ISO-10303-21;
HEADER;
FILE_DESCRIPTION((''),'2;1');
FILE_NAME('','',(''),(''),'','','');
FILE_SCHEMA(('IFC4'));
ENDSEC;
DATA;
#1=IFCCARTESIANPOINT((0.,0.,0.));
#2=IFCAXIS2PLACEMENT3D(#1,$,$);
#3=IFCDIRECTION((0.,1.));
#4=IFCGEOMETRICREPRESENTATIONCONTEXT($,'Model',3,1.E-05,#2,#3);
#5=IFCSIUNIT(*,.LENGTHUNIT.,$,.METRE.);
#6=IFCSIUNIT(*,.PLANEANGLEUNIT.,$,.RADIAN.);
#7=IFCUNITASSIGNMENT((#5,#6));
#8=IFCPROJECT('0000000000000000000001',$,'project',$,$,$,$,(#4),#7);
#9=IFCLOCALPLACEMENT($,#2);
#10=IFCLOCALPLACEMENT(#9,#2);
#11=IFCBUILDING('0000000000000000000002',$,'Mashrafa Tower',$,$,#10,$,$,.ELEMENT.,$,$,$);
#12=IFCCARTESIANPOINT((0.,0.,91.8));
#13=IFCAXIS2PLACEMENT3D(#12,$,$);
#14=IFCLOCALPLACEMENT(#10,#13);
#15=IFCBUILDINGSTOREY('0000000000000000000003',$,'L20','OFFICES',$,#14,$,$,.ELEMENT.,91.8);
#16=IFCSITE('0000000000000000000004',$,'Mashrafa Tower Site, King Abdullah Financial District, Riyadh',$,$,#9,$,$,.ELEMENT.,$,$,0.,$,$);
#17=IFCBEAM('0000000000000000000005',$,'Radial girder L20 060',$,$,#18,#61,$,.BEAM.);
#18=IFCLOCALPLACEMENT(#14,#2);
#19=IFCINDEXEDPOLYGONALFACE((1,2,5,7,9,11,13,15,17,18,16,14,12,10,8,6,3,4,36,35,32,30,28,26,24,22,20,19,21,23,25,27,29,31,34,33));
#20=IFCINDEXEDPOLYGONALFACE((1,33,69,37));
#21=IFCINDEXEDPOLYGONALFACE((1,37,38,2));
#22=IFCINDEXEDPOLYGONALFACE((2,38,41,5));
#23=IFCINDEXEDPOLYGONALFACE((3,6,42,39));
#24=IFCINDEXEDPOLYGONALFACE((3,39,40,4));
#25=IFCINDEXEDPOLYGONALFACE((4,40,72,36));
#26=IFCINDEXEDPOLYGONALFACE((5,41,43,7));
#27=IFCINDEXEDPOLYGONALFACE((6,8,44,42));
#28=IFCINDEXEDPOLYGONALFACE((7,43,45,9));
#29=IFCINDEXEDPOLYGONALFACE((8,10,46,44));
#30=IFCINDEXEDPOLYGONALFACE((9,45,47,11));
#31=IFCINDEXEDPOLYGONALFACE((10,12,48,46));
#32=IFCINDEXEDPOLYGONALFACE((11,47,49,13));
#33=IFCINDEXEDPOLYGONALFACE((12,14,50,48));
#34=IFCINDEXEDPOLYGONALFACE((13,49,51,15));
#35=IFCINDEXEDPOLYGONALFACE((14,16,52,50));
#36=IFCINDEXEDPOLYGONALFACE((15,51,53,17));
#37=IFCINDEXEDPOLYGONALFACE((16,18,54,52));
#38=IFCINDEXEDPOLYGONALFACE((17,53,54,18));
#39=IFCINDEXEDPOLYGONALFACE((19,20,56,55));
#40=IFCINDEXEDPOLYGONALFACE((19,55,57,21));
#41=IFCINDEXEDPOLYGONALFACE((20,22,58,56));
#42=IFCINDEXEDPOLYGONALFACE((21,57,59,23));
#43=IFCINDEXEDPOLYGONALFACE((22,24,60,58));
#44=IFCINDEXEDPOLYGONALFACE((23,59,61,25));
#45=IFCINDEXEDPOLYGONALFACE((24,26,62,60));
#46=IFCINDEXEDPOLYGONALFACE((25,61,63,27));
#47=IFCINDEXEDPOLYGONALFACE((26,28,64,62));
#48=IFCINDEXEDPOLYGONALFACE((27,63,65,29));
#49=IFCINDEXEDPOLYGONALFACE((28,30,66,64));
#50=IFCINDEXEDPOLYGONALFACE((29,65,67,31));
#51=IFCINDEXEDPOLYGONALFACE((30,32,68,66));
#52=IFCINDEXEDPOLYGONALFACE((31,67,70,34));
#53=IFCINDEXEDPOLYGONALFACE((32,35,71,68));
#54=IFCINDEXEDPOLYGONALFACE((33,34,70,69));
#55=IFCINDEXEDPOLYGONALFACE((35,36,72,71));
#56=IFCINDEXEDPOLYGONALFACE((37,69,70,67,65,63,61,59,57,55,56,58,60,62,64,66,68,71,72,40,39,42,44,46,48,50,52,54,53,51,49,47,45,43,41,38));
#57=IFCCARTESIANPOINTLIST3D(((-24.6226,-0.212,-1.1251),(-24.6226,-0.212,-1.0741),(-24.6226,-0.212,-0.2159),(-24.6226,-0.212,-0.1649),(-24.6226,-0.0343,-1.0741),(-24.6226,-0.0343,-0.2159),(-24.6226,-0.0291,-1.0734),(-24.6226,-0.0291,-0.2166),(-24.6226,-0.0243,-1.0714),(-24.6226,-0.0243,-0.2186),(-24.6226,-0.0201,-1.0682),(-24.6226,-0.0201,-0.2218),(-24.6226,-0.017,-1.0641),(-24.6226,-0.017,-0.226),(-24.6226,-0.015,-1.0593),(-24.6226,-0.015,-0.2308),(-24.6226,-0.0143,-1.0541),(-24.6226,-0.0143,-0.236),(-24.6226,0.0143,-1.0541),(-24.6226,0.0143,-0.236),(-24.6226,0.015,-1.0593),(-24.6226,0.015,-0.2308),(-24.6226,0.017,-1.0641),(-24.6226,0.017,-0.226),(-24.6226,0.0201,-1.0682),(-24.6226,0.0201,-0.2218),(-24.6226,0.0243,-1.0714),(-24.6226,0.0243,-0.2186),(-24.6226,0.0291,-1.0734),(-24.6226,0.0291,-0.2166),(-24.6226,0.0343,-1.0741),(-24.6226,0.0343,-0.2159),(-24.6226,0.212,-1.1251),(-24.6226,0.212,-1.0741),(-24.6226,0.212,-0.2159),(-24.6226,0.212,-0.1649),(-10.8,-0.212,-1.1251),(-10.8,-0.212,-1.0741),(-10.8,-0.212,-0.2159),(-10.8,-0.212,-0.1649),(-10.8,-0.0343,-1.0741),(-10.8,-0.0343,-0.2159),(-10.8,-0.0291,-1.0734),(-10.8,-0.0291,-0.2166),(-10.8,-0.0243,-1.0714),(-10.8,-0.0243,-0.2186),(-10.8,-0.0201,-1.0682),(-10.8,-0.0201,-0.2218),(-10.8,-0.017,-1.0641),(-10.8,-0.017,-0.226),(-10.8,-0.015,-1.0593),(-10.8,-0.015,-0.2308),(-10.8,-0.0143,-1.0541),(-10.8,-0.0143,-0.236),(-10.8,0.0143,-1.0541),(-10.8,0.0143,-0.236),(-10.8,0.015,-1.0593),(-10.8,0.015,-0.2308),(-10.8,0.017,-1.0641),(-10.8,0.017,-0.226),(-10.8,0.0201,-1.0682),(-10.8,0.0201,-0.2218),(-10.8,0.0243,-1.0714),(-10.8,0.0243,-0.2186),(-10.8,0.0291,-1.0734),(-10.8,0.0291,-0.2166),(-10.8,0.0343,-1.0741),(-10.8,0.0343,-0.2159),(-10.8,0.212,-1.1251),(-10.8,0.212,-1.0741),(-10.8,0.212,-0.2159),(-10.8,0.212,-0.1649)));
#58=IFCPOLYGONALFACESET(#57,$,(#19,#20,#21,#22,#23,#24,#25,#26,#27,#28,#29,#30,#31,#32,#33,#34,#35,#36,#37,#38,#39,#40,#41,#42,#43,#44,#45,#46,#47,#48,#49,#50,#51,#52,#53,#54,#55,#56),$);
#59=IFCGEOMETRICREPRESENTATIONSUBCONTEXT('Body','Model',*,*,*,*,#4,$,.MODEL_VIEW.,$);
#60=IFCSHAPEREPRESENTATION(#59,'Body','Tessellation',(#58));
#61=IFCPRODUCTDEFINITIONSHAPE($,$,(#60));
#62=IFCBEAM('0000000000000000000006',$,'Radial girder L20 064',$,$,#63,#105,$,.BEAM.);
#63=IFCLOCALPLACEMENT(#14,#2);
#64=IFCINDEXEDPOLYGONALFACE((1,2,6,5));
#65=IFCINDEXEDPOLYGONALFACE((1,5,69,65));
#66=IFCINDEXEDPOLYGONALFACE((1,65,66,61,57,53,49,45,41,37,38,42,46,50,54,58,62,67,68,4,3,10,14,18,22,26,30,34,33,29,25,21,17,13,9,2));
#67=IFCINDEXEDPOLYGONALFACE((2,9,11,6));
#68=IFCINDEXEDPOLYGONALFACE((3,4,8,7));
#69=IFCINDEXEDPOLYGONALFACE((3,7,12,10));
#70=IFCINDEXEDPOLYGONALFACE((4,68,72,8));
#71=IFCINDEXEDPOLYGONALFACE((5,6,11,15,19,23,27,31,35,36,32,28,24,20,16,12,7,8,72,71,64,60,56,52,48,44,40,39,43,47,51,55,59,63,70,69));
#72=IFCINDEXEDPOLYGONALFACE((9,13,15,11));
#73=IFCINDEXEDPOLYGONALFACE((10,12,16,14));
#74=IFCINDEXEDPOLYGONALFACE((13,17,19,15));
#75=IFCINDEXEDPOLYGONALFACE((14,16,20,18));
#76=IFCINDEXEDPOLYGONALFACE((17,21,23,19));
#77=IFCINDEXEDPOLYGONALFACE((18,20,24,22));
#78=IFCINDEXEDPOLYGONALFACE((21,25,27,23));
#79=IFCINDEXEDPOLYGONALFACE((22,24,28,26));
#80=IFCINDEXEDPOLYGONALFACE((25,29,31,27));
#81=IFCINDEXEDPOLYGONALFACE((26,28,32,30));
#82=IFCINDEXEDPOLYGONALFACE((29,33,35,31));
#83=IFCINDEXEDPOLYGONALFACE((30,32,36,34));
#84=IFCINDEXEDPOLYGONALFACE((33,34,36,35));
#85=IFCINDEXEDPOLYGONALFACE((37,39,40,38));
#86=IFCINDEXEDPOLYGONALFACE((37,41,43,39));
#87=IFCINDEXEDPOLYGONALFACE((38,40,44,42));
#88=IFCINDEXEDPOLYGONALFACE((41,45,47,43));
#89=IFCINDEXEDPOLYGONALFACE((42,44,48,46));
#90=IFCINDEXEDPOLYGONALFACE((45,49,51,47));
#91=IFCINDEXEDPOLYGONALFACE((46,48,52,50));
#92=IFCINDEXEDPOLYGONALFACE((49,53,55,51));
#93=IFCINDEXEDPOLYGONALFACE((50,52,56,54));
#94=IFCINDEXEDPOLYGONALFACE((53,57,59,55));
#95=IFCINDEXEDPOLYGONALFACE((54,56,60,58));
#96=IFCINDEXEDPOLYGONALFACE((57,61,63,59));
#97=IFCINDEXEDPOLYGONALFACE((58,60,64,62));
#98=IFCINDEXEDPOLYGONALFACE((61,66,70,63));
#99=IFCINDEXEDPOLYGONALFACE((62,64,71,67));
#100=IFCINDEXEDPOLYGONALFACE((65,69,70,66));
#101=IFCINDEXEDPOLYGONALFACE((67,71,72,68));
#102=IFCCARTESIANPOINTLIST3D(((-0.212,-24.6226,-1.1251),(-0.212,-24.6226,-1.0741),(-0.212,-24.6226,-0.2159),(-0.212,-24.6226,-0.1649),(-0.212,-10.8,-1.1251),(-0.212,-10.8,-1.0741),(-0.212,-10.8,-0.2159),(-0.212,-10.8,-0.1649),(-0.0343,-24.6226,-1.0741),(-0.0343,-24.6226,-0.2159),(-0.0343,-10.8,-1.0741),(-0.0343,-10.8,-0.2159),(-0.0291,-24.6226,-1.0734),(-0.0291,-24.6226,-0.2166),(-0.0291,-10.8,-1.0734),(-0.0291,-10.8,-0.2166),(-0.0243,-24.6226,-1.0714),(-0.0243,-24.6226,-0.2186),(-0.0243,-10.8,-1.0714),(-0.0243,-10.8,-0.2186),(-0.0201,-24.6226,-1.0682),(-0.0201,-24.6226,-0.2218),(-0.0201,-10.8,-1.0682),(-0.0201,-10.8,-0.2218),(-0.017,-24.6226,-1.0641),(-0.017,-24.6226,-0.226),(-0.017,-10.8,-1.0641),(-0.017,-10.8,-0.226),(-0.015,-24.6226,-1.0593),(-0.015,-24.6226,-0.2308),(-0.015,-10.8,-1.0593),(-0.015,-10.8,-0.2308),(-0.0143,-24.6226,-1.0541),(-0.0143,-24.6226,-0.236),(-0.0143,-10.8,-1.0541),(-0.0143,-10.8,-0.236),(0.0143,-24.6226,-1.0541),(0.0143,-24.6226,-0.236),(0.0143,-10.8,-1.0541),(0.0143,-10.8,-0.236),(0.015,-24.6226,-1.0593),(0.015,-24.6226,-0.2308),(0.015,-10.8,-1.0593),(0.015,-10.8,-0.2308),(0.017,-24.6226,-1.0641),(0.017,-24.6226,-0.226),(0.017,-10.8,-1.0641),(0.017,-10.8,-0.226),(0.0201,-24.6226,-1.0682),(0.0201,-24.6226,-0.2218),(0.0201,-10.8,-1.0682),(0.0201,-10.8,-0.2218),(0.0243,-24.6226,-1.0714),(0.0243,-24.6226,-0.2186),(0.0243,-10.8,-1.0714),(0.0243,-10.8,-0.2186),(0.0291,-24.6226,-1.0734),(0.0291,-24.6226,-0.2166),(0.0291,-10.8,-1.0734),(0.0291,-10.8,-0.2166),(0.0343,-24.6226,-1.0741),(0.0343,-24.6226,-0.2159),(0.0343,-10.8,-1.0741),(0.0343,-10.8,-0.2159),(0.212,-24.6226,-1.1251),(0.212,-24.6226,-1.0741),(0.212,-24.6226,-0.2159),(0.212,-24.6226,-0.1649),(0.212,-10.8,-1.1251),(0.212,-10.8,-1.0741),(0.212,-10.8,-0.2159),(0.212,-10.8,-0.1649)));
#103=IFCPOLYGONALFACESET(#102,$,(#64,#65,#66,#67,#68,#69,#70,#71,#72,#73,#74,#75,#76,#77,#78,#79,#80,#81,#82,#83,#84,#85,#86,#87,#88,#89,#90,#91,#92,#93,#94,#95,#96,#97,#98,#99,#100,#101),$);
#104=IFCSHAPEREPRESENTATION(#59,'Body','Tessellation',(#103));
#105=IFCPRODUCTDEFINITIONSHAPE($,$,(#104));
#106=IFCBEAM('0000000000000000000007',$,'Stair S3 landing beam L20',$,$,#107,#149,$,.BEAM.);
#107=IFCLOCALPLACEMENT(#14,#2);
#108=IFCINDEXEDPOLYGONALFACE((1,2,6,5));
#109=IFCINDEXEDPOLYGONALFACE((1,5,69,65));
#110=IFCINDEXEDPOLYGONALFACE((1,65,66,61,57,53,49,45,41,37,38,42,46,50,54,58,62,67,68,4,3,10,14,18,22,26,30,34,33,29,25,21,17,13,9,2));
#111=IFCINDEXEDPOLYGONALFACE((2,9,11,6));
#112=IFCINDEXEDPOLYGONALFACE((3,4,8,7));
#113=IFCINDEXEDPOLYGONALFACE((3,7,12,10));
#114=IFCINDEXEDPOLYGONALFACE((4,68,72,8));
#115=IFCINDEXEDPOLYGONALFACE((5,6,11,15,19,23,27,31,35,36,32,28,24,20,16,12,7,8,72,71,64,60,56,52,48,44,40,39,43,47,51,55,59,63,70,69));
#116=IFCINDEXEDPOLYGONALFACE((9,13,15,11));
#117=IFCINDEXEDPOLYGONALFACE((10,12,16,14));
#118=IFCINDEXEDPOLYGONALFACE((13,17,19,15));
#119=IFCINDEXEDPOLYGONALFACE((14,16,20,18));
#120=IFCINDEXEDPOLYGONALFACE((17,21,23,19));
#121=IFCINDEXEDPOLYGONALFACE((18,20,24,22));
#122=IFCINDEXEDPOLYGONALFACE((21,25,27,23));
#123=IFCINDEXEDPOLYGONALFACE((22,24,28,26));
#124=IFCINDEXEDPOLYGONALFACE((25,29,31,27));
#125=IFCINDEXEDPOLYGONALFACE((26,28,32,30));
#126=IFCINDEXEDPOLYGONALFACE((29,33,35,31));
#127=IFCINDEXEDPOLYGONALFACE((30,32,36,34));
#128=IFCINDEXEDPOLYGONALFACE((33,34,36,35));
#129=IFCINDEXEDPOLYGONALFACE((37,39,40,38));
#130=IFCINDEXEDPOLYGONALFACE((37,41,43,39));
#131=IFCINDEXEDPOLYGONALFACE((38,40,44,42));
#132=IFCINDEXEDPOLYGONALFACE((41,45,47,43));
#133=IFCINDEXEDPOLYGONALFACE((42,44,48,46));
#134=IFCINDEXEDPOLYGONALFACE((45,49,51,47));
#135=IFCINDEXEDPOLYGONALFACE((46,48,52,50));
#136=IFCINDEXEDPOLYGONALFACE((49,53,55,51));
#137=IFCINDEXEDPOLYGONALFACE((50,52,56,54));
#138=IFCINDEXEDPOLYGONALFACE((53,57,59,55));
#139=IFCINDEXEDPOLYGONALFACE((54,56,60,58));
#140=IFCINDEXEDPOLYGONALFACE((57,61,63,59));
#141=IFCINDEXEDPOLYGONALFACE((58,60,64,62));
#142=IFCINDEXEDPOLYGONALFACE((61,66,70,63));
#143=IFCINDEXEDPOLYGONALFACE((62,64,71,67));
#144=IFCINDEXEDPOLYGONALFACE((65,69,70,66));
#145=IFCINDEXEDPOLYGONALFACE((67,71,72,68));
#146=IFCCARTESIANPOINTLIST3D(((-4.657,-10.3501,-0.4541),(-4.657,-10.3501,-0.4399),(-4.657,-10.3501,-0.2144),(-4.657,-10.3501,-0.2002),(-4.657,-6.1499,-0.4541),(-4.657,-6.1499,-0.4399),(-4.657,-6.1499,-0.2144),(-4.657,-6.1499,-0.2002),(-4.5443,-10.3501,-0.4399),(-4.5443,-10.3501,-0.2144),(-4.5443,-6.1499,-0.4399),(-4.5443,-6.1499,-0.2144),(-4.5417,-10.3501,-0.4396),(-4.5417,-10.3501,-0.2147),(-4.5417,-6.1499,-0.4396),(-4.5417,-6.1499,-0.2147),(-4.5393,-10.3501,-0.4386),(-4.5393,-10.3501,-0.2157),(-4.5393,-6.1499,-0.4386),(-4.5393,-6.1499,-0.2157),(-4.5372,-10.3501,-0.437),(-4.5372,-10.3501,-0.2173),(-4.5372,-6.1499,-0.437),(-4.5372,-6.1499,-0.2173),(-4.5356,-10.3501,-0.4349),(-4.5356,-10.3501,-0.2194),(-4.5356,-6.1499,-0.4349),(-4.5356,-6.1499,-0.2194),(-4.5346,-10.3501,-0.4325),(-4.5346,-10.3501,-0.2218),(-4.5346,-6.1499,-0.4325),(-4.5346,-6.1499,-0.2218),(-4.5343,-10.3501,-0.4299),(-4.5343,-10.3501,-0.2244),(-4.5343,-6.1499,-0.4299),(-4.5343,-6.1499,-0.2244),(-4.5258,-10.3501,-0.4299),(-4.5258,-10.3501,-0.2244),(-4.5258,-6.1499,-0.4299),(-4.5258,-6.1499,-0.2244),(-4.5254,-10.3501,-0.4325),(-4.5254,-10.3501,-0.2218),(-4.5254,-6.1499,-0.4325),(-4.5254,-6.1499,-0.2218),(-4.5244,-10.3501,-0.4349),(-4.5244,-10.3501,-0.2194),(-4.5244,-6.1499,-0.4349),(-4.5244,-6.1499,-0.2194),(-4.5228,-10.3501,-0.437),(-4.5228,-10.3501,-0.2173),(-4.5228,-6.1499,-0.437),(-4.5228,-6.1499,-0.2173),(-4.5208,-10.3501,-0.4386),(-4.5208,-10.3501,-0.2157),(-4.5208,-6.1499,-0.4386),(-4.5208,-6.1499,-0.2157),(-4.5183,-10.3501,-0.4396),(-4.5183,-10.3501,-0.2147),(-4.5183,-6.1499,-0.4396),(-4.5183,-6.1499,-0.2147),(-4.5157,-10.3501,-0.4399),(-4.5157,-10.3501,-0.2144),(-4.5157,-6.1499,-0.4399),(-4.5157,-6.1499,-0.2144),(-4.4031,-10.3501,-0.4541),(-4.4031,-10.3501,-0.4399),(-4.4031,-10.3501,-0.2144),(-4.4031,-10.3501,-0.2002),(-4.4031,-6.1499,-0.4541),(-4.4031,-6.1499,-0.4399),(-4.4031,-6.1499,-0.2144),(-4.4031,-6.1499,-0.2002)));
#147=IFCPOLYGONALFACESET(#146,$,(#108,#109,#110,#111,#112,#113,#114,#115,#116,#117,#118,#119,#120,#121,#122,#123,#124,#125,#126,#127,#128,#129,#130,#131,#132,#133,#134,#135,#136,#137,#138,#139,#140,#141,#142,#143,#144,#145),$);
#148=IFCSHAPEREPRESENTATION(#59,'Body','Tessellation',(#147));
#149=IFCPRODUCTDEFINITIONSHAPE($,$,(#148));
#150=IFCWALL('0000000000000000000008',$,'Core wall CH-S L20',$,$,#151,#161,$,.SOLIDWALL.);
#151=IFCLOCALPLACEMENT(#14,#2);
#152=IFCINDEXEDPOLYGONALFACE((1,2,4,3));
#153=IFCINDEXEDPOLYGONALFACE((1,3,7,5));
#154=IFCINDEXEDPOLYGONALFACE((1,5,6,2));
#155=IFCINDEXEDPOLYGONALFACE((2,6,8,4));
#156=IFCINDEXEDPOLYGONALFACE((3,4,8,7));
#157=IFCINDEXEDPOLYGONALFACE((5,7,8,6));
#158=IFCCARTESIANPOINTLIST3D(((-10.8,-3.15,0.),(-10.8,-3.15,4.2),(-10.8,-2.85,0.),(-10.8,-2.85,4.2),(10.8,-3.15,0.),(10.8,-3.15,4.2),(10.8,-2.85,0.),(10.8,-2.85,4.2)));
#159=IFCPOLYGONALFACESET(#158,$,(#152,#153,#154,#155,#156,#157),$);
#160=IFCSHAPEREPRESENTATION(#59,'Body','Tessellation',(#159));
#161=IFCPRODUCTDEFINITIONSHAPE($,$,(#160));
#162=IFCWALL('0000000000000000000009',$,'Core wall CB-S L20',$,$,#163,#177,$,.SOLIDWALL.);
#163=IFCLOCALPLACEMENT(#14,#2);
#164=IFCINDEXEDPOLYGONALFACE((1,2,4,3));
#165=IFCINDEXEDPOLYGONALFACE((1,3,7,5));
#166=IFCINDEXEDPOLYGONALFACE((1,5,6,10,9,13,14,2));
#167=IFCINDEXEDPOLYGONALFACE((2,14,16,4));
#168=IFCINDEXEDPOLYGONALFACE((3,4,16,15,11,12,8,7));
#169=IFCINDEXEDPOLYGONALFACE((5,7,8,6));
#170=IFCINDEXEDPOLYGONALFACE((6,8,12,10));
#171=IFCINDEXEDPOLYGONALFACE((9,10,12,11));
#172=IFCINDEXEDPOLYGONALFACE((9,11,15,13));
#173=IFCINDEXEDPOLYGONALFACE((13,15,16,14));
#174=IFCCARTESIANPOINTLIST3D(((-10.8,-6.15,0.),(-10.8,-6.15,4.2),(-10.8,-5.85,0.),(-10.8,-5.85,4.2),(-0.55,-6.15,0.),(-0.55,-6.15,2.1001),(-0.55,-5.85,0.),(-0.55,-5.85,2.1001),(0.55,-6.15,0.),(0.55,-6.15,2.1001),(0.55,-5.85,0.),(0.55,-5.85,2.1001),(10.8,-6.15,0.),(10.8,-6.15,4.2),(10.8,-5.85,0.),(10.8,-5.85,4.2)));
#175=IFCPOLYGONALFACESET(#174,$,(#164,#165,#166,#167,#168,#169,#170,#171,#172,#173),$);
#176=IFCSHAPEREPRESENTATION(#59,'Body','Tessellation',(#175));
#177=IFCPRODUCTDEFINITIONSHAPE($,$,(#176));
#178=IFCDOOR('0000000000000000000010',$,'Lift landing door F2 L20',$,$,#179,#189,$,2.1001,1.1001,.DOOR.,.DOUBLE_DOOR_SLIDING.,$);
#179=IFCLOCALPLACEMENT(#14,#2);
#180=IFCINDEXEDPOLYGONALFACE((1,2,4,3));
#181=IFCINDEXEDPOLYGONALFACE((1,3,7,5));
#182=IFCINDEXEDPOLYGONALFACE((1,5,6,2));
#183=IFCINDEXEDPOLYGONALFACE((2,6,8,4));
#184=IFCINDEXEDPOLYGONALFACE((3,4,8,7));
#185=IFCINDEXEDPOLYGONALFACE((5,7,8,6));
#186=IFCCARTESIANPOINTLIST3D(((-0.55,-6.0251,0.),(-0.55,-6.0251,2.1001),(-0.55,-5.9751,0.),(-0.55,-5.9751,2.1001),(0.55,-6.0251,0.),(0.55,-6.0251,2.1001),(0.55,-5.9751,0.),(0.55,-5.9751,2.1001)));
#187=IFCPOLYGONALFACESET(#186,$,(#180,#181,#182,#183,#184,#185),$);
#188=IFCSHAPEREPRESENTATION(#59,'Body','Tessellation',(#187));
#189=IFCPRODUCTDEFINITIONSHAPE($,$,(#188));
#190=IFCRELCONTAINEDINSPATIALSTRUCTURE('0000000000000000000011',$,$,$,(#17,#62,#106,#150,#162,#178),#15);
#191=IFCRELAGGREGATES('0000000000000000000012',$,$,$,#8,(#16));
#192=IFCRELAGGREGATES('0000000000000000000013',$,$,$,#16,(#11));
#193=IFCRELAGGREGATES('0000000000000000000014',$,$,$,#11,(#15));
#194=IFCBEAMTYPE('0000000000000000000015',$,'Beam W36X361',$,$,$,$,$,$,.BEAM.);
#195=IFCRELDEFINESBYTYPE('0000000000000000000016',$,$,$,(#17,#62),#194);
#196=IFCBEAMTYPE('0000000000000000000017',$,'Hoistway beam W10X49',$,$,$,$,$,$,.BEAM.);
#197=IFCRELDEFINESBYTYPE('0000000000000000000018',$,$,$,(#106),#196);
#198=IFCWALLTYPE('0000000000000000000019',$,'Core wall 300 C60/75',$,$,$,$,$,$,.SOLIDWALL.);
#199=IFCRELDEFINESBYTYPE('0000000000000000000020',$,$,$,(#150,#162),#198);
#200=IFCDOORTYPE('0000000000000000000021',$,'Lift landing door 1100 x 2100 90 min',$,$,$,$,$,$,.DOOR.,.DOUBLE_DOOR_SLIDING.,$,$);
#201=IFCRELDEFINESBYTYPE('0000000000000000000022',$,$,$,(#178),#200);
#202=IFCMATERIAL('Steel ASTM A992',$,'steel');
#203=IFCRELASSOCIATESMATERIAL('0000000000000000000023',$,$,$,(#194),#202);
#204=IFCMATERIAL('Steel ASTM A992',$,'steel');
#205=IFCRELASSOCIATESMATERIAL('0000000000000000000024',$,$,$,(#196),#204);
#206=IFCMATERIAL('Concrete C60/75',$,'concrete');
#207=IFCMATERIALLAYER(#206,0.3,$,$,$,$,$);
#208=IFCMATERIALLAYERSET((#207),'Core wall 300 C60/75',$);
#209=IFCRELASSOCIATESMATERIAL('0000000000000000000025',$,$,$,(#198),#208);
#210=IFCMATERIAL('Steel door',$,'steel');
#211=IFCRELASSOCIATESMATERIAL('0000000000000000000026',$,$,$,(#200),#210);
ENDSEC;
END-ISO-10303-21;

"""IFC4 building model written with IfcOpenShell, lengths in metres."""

from ifc_helpers import new_model, si_unit, direction, frame, frame_2d, origin, origin_2d, place, context, subcontext, project, spatial, rectangle, i_section, extrude, material, layer, layer_set, material_profile, profile_set, type_object, element, fill, save


model = new_model("IFC4")

# Units and contexts
model_context = context("Model", 3, precision=1e-05, world=origin(), true_north=direction((0.0, 1.0)))
body_context = subcontext(model_context, "Body", "Model", "MODEL_VIEW")
ifc_project = project(units=[si_unit("LENGTHUNIT", "METRE"), si_unit("PLANEANGLEUNIT", "RADIAN")], contexts=[model_context])

# Site, building, storey
site_placement = place(None, origin())
site = spatial("IfcSite", under=ifc_project, at=site_placement, Name="Mashrafa Tower Site, King Abdullah Financial District, Riyadh", CompositionType="ELEMENT", RefElevation=0.0)
building_placement = place(site_placement, origin())
building = spatial("IfcBuilding", under=site, at=building_placement, Name="Mashrafa Tower", CompositionType="ELEMENT")
storey_placement = place(building_placement, frame((0.0, 0.0, 91.8)))
storey = spatial("IfcBuildingStorey", under=building, at=storey_placement, Name="L20", Description="OFFICES", CompositionType="ELEMENT", Elevation=91.8)

# Beams
ifc_material_1 = material(Name="Steel ASTM A992", Category="steel")
ifc_material_profile_1 = material_profile(ifc_material_1, i_section(OverallWidth=0.4241, OverallDepth=0.9602, WebThickness=0.0286, FlangeThickness=0.051, FilletRadius=0.02, at=origin_2d()), Name="W36X361")
ifc_profile_set_1 = profile_set([ifc_material_profile_1], Name="Steel ASTM A992")
beam_type_1 = type_object("IfcBeamType", Name="Beam W36X361", PredefinedType="BEAM", material=ifc_profile_set_1)
for number, where, z_axis, x_axis, name in (
    (1, (-10.8, 0.0, -0.645), (-1.0, 0.0, 0.0), (0.0, -1.0, 0.0), "Radial girder L20 060"),
    (2, (0.0, -10.8, -0.645), (0.0, -1.0, 0.0), (1.0, 0.0, 0.0), "Radial girder L20 064"),
):
    element("IfcBeam", number, at=place(storey_placement, frame(where, z_axis=z_axis, x_axis=x_axis)), inside=storey, type_object=beam_type_1, Name=name, PredefinedType="BEAM", context=body_context, shape_type="SweptSolid", body=[
        extrude(i_section(OverallWidth=0.4241, OverallDepth=0.9602, WebThickness=0.0286, FlangeThickness=0.051, FilletRadius=0.02, at=origin_2d()), origin(), (0.0, 0.0, 1.0), 13.8225),
    ])
ifc_material_2 = material(Name="Steel ASTM A992", Category="steel")
ifc_material_profile_2 = material_profile(ifc_material_2, i_section(OverallWidth=0.2539, OverallDepth=0.2539, WebThickness=0.0085, FlangeThickness=0.0142, FilletRadius=0.01, at=origin_2d()), Name="W10X49")
ifc_profile_set_2 = profile_set([ifc_material_profile_2], Name="Steel ASTM A992")
beam_type_2 = type_object("IfcBeamType", Name="Hoistway beam W10X49", PredefinedType="BEAM", material=ifc_profile_set_2)
beam_placement = place(storey_placement, frame((-4.53, -10.3501, -0.3271), z_axis=(0.0, 1.0, 0.0), x_axis=(-1.0, 0.0, 0.0)))
element("IfcBeam", 3, at=beam_placement, inside=storey, type_object=beam_type_2, Name="Stair S3 landing beam L20", PredefinedType="BEAM", context=body_context, shape_type="SweptSolid", body=[
    extrude(i_section(OverallWidth=0.2539, OverallDepth=0.2539, WebThickness=0.0085, FlangeThickness=0.0142, FilletRadius=0.01, at=origin_2d()), origin(), (0.0, 0.0, 1.0), 4.2002),
])

# Wall
ifc_material_3 = material(Name="Concrete C60/75", Category="concrete")
ifc_layer_1 = layer(ifc_material_3, 0.3)
ifc_layer_set_1 = layer_set([ifc_layer_1], Name="Core wall 300 C60/75")
wall_type_1 = type_object("IfcWallType", Name="Core wall 300 C60/75", PredefinedType="SOLIDWALL", material=ifc_layer_set_1)
wall_1_placement = place(storey_placement, frame((-10.8, -3.0, 0.0), z_axis=(0.0, 0.0, 1.0), x_axis=(1.0, 0.0, 0.0)))
element("IfcWall", 4, at=wall_1_placement, inside=storey, type_object=wall_type_1, Name="Core wall CH-S L20", PredefinedType="SOLIDWALL", context=body_context, shape_type="SweptSolid", body=[
    extrude(rectangle(XDim=21.6001, YDim=0.3, at=frame_2d((10.8, 0.0))), origin(), (0.0, 0.0, 1.0), 4.2),
])

# Wall, opening, door
wall_2_placement = place(storey_placement, frame((-10.8, -6.0, 0.0), z_axis=(0.0, 0.0, 1.0), x_axis=(1.0, 0.0, 0.0)))
wall_2 = element("IfcWall", 5, at=wall_2_placement, inside=storey, type_object=wall_type_1, Name="Core wall CB-S L20", PredefinedType="SOLIDWALL", context=body_context, shape_type="SweptSolid", body=[
    extrude(rectangle(XDim=21.6001, YDim=0.3, at=frame_2d((10.8, 0.0))), origin(), (0.0, 0.0, 1.0), 4.2),
])
opening_1_placement = place(wall_2_placement, frame((10.25, 0.0, 0.0)))
opening_1 = element("IfcOpeningElement", 6, at=opening_1_placement, cuts=wall_2, PredefinedType="OPENING", context=body_context, shape_type="SweptSolid", body=[
    extrude(rectangle(XDim=1.1001, YDim=2.1001, at=frame_2d((0.55, 1.05))), frame((0.0, 0.1599, 0.0), z_axis=(0.0, -1.0, 0.0), x_axis=(1.0, 0.0, 0.0)), (0.0, 0.0, 1.0), 0.3201),
])
ifc_material_4 = material(Name="Steel door", Category="steel")
door_type_1 = type_object("IfcDoorType", Name="Lift landing door 1100 x 2100 90 min", OperationType="DOUBLE_DOOR_SLIDING", PredefinedType="DOOR", material=ifc_material_4)
door_1_placement = place(opening_1_placement, origin())
door_1 = element("IfcDoor", 7, at=door_1_placement, inside=storey, type_object=door_type_1, Name="Lift landing door F2 L20", OperationType="DOUBLE_DOOR_SLIDING", OverallHeight=2.1001, OverallWidth=1.1001, PredefinedType="DOOR", context=body_context, shape_type="SweptSolid", body=[
    extrude(rectangle(XDim=1.1001, YDim=2.1001, at=frame_2d((0.55, 1.05))), frame((0.0, 0.0249, 0.0), z_axis=(0.0, -1.0, 0.0), x_axis=(1.0, 0.0, 0.0)), (0.0, 0.0, 1.0), 0.05),
])
fill(opening_1, door_1)

save(model, "model.ifc")
